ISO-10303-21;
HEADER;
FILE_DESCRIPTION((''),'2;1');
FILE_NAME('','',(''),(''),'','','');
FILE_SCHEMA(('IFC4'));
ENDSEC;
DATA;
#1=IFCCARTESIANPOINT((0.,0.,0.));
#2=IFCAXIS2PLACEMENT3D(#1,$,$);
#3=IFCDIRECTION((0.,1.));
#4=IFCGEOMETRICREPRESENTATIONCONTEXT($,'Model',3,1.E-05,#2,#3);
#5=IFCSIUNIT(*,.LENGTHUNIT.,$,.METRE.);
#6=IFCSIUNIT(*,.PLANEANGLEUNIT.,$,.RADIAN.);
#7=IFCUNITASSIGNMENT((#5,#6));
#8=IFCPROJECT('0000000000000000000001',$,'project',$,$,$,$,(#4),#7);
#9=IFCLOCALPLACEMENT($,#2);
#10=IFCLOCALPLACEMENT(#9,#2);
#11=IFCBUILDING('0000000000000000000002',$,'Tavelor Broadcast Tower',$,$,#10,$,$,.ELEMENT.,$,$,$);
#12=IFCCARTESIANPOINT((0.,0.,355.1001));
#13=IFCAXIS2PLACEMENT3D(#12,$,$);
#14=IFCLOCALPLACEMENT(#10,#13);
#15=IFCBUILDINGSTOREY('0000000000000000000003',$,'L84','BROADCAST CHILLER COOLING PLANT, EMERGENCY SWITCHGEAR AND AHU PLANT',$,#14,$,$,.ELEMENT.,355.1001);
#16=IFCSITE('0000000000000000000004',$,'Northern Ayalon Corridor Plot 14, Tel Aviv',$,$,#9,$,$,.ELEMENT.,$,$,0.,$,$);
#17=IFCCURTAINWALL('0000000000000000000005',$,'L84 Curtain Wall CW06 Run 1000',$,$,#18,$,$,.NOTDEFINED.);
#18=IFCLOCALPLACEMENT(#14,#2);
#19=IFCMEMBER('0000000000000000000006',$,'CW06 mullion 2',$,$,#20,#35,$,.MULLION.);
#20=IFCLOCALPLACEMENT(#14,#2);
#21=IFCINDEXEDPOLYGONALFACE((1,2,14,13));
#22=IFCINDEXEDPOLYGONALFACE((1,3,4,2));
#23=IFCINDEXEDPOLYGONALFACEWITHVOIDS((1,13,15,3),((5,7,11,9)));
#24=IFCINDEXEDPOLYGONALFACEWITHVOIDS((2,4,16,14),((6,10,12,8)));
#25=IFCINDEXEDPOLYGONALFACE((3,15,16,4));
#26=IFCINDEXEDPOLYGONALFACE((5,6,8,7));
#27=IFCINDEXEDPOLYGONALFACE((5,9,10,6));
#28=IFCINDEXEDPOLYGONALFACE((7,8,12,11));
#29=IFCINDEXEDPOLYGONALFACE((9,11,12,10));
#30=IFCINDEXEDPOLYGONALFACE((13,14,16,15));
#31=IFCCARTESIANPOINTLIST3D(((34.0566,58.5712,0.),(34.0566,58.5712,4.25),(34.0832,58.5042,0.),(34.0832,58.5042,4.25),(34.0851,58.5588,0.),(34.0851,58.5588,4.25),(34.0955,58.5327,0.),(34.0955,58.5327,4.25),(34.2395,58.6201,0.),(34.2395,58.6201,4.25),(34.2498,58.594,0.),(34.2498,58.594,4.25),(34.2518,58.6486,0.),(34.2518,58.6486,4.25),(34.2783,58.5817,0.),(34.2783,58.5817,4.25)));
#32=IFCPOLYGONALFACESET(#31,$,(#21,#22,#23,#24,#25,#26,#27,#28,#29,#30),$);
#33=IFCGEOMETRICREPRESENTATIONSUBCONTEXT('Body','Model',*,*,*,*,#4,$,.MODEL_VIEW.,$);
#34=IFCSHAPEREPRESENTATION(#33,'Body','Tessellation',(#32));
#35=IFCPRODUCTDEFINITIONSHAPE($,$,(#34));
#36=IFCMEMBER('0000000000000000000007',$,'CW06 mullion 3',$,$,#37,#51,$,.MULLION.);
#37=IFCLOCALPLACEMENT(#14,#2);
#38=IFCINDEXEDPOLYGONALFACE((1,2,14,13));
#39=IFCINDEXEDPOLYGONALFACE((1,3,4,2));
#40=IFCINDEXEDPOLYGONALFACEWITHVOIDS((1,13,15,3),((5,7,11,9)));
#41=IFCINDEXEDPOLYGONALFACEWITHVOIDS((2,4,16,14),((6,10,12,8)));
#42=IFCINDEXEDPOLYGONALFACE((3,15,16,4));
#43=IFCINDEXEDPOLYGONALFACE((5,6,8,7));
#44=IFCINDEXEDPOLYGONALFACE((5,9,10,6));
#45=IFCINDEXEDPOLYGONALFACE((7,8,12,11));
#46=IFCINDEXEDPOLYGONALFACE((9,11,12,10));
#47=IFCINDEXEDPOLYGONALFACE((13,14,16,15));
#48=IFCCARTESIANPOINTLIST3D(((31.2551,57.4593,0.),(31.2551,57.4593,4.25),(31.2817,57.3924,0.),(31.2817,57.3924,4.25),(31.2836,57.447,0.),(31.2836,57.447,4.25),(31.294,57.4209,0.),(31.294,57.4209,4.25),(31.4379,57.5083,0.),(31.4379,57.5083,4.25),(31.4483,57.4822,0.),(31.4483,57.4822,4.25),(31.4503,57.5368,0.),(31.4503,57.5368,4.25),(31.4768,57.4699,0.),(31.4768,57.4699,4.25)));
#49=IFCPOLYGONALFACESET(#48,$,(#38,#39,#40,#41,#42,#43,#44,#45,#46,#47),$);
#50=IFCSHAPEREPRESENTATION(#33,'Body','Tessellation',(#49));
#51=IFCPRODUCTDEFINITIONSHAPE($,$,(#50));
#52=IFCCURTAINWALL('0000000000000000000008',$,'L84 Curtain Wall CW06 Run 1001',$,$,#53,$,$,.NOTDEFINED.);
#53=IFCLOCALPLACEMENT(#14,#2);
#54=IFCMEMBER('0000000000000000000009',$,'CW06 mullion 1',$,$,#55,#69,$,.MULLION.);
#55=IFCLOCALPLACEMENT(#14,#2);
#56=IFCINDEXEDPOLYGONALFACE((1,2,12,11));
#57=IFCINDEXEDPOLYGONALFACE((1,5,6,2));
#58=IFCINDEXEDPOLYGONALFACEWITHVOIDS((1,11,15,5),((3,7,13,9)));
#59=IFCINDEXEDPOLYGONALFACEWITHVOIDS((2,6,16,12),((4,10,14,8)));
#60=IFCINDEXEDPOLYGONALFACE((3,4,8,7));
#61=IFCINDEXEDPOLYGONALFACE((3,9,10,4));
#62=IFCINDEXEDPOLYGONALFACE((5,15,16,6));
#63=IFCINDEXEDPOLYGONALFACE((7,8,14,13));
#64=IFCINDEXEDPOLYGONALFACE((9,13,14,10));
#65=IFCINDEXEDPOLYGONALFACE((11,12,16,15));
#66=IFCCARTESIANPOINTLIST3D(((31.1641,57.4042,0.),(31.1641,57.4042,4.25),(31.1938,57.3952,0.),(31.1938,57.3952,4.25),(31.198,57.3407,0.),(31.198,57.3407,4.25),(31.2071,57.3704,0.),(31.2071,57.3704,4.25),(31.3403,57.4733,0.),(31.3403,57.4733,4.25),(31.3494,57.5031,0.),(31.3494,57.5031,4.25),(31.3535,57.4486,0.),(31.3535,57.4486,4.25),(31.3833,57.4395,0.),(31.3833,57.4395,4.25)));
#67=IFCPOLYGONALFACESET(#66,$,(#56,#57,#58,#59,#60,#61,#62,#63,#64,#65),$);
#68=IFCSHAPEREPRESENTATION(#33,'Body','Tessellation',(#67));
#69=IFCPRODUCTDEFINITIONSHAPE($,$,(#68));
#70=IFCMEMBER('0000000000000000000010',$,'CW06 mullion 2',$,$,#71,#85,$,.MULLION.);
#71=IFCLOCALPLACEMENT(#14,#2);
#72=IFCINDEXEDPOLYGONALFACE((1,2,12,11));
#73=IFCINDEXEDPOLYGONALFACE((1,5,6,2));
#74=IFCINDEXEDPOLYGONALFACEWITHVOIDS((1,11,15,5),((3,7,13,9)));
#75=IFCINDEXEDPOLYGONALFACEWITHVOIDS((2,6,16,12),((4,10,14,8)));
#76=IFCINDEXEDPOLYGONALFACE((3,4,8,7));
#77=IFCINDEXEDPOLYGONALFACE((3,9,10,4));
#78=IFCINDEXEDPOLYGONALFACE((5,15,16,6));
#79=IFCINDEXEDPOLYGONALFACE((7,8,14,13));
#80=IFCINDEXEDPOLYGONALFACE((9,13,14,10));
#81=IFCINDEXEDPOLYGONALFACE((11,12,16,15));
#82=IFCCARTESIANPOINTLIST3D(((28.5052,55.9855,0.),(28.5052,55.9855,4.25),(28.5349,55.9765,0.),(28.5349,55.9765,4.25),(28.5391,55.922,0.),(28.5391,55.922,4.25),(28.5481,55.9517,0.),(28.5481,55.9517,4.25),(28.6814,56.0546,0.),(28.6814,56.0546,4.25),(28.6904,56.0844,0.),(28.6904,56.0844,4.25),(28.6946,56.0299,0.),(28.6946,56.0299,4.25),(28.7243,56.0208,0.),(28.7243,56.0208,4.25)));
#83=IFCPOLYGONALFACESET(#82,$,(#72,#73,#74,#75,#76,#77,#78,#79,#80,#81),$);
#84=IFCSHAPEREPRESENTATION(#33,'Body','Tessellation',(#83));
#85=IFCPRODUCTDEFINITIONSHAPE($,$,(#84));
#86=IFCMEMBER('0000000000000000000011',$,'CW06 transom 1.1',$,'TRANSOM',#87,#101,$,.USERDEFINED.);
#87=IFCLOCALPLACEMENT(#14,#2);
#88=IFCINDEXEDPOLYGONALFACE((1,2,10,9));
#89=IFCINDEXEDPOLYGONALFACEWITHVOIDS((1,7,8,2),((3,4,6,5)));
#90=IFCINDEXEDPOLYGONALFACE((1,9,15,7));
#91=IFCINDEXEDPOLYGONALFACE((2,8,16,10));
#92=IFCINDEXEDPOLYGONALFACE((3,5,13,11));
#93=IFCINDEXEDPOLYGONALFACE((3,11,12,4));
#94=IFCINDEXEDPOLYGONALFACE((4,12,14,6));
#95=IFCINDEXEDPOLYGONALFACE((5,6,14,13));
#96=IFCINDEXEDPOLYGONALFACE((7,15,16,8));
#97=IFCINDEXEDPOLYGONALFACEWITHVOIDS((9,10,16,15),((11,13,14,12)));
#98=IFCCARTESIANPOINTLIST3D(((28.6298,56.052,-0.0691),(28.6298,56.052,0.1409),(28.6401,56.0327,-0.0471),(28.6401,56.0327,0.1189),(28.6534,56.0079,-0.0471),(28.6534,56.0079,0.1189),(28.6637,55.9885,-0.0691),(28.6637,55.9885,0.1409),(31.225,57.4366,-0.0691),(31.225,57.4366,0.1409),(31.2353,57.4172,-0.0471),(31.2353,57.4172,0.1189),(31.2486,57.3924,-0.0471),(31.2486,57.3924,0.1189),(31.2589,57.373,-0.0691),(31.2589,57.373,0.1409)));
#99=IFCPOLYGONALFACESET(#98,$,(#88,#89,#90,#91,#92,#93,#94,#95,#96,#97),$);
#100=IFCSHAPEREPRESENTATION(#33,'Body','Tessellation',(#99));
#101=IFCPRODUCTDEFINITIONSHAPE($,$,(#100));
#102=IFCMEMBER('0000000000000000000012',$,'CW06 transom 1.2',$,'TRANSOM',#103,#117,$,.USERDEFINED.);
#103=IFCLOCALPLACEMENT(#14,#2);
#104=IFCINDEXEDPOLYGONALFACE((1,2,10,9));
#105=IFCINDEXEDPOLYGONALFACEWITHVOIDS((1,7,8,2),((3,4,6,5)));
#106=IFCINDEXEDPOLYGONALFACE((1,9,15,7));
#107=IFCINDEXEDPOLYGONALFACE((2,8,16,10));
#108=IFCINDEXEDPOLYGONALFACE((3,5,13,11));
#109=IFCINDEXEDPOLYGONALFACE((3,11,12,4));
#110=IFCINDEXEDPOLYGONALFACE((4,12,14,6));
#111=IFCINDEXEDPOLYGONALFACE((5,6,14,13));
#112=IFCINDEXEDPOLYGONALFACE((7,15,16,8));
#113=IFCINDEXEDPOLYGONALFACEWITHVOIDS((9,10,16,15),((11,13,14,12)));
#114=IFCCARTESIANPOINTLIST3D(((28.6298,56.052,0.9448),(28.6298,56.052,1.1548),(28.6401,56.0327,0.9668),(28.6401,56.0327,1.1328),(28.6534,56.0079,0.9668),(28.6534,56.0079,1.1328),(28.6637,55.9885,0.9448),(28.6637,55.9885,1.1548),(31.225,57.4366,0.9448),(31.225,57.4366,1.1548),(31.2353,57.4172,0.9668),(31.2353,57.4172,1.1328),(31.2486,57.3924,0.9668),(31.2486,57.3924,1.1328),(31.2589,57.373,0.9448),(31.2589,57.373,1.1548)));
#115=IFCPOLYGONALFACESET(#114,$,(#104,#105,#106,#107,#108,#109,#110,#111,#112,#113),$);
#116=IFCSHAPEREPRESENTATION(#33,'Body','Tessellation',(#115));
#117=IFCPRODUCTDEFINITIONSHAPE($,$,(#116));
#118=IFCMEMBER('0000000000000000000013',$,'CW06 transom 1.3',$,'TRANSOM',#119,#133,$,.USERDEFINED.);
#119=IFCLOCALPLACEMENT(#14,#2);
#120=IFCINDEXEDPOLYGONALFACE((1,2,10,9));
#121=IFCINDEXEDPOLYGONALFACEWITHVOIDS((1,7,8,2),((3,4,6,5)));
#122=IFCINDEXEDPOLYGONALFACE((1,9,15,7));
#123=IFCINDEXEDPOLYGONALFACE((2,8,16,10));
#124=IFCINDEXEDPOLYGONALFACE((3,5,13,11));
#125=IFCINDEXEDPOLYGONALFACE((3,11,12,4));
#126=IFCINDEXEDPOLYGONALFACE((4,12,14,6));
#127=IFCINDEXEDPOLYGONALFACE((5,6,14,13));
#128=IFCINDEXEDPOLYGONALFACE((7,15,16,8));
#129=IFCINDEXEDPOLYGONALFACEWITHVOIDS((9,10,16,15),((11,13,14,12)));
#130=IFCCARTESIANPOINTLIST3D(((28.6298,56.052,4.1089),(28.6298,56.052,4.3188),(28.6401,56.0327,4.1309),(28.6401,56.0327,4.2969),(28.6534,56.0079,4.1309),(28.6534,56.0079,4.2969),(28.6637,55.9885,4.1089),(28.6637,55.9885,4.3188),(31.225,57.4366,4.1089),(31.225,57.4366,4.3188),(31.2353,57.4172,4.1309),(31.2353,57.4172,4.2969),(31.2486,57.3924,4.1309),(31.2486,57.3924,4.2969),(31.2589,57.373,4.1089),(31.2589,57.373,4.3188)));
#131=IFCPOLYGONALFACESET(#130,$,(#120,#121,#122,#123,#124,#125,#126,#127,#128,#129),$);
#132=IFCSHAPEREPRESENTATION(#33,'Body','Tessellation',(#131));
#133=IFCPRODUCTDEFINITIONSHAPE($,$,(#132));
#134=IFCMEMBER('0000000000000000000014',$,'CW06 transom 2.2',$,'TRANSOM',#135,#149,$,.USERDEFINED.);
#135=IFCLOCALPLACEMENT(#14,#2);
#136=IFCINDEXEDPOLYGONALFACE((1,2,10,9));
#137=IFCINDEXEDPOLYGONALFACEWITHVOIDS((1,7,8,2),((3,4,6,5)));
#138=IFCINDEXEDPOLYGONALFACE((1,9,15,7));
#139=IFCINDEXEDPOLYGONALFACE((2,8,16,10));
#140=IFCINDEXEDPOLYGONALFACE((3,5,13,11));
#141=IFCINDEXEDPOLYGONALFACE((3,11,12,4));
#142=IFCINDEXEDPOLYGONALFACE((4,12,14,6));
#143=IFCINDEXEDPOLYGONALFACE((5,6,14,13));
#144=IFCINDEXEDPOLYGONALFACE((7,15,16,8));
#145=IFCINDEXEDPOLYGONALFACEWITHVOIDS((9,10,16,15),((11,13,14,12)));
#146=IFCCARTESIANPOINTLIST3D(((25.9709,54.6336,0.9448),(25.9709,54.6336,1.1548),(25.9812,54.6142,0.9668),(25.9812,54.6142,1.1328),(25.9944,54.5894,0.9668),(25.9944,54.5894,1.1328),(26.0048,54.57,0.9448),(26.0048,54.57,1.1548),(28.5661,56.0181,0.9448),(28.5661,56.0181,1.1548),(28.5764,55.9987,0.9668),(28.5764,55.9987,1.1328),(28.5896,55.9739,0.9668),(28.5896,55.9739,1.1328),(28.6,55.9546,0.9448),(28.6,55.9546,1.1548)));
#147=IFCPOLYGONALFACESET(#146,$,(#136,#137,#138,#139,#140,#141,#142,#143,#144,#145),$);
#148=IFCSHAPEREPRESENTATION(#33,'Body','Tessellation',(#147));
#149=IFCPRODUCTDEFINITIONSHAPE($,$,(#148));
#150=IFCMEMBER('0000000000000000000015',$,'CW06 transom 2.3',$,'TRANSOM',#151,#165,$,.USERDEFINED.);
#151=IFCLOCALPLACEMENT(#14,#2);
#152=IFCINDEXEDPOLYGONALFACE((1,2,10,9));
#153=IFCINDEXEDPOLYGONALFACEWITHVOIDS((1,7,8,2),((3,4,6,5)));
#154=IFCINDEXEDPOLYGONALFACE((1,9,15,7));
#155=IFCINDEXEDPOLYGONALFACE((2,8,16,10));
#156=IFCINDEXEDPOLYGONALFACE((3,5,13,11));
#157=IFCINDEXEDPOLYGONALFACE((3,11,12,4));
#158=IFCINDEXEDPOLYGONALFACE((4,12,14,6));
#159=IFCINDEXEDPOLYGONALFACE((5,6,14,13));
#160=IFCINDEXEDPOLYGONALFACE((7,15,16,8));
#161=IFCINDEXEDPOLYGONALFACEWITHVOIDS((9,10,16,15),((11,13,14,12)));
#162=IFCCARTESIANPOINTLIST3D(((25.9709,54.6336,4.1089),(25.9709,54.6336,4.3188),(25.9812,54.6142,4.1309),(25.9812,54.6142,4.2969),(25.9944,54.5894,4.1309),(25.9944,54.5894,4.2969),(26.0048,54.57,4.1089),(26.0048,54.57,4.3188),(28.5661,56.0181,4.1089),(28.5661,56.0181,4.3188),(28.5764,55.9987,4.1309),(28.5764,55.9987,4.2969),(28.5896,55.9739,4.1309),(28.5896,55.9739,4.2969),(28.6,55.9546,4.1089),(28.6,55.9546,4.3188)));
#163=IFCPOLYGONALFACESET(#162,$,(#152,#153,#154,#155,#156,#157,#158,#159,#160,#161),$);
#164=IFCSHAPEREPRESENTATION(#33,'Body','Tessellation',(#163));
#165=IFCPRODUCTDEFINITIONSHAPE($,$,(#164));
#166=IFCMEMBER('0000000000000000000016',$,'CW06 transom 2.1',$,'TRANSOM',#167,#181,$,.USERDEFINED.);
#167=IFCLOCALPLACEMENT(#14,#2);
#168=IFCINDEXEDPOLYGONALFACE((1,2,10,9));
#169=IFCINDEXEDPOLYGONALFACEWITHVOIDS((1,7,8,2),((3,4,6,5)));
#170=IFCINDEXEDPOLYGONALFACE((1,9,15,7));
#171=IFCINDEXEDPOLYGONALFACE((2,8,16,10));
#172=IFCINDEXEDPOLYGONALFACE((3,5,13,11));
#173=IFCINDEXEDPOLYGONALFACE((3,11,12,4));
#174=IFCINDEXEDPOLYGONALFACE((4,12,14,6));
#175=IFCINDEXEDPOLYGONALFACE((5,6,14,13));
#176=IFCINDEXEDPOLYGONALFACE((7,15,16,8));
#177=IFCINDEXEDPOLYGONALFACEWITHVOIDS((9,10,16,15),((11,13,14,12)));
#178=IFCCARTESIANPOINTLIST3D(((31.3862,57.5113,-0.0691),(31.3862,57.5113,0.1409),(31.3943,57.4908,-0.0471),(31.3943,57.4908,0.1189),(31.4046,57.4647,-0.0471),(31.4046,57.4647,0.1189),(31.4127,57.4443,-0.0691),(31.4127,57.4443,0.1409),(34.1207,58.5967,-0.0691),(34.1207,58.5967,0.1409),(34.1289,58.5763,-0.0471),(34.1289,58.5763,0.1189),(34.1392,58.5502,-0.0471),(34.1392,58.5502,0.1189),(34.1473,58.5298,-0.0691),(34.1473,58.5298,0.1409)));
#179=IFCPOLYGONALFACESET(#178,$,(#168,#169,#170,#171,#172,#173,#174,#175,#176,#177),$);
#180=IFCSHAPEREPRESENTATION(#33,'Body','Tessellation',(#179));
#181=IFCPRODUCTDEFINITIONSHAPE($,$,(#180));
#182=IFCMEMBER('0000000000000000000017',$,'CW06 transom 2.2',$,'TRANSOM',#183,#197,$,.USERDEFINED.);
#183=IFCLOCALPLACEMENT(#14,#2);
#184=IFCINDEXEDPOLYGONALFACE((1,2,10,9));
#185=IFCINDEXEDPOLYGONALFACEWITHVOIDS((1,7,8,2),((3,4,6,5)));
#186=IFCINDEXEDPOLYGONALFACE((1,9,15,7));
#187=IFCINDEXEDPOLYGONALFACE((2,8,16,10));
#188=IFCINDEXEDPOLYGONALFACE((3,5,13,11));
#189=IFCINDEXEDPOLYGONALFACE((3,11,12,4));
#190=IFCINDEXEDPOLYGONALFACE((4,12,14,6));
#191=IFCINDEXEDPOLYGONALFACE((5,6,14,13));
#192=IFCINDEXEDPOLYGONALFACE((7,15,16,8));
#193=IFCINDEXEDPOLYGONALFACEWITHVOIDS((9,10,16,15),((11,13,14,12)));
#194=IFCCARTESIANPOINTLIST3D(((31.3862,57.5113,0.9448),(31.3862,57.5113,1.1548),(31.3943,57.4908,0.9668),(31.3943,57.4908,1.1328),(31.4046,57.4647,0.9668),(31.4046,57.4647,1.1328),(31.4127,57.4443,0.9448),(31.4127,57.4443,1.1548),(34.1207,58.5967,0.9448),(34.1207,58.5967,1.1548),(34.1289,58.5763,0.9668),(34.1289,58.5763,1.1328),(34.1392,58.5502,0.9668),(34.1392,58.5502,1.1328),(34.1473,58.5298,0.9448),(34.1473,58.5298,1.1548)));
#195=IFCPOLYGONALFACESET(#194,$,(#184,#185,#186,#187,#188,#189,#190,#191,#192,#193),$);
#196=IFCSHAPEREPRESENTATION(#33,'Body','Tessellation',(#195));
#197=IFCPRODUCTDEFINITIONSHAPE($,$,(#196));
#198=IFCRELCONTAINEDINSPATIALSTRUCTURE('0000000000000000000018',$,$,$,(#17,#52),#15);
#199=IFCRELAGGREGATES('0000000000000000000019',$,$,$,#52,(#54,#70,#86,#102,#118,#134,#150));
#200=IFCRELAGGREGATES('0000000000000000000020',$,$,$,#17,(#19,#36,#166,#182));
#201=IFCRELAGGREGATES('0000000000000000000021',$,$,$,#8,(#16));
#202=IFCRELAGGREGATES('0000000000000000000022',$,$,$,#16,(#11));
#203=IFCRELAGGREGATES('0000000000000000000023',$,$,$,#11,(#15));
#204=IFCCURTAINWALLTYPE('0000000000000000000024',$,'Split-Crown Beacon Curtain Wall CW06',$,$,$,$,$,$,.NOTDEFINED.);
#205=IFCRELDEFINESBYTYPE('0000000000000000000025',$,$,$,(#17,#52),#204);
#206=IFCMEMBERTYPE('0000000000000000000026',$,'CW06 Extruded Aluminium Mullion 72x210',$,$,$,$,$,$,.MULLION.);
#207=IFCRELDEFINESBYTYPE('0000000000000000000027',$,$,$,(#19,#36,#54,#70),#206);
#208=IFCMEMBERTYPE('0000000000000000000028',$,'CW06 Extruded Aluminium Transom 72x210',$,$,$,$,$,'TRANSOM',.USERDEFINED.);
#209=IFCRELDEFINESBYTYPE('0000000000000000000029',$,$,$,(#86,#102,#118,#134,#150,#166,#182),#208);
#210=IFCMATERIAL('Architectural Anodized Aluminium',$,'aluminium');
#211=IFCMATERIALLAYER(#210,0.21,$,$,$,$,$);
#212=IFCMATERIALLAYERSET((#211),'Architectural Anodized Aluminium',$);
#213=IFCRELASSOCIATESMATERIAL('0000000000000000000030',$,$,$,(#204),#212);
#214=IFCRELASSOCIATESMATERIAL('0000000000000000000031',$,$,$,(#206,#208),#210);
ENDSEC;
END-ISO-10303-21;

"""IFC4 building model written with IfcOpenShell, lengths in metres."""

from ifc_helpers import new_model, si_unit, direction, frame, origin, origin_2d, place, context, subcontext, project, spatial, hollow_rectangle, extrude, source, transform, mapped, material, layer, layer_set, material_profile, profile_set, type_object, type_shapes, element, aggregate, save


model = new_model("IFC4")

# Units and contexts
model_context = context("Model", 3, precision=1e-05, world=origin(), true_north=direction((0.0, 1.0)))
body_context = subcontext(model_context, "Body", "Model", "MODEL_VIEW")
ifc_project = project(units=[si_unit("LENGTHUNIT", "METRE"), si_unit("PLANEANGLEUNIT", "RADIAN")], contexts=[model_context])

# Site, building, storey
site_placement = place(None, origin())
site = spatial("IfcSite", under=ifc_project, at=site_placement, Name="Northern Ayalon Corridor Plot 14, Tel Aviv", CompositionType="ELEMENT", RefElevation=0.0)
building_placement = place(site_placement, origin())
building = spatial("IfcBuilding", under=site, at=building_placement, Name="Tavelor Broadcast Tower", CompositionType="ELEMENT")
storey_placement = place(building_placement, frame((0.0, 0.0, 355.1001)))
storey = spatial("IfcBuildingStorey", under=building, at=storey_placement, Name="L84", Description="BROADCAST CHILLER COOLING PLANT, EMERGENCY SWITCHGEAR AND AHU PLANT", CompositionType="ELEMENT", Elevation=355.1001)

# Curtain walls, members
ifc_material_1 = material(Name="Architectural Anodized Aluminium", Category="aluminium")
ifc_layer_1 = layer(ifc_material_1, 0.21)
ifc_layer_set_1 = layer_set([ifc_layer_1], Name="Architectural Anodized Aluminium")
curtain_wall_type = type_object("IfcCurtainWallType", Name="Split-Crown Beacon Curtain Wall CW06", PredefinedType="NOTDEFINED", material=ifc_layer_set_1)
curtain_wall_1_placement = place(storey_placement, origin())
curtain_wall_1 = element("IfcCurtainWall", 1, at=curtain_wall_1_placement, inside=storey, type_object=curtain_wall_type, Name="L84 Curtain Wall CW06 Run 1000", PredefinedType="NOTDEFINED")
ifc_material_profile_1 = material_profile(ifc_material_1, hollow_rectangle(XDim=0.072, YDim=0.21, WallThickness=0.022, at=origin_2d()), Name="RHS 72x210x22")
ifc_profile_set_1 = profile_set([ifc_material_profile_1], Name="Architectural Anodized Aluminium")
member_type_1 = type_object("IfcMemberType", Name="CW06 Extruded Aluminium Mullion 72x210", PredefinedType="MULLION", material=ifc_profile_set_1)
shared_shape_1 = source(origin(), body_context, "Body", "SweptSolid", [
    extrude(hollow_rectangle(XDim=0.072, YDim=0.21, WallThickness=0.022, at=origin_2d()), origin(), (0.0, 0.0, 1.0), 4.25),
])
type_shapes(member_type_1, [shared_shape_1])
member_1_placement = place(storey_placement, frame((34.1675, 58.5764, 0.0), z_axis=(0.0, 0.0, 1.0), x_axis=(0.368902, -0.929468, 0.0)))
member_1 = element("IfcMember", 2, at=member_1_placement, type_object=member_type_1, Name="CW06 mullion 2", PredefinedType="MULLION", context=body_context, shape_type="MappedRepresentation", body=[
    mapped(shared_shape_1, transform((0.0, 0.0, 0.0), scale=1.0)),
])
member_2_placement = place(storey_placement, frame((31.366, 57.4646, 0.0), z_axis=(0.0, 0.0, 1.0), x_axis=(0.368902, -0.929468, 0.0)))
member_2 = element("IfcMember", 3, at=member_2_placement, type_object=member_type_1, Name="CW06 mullion 3", PredefinedType="MULLION", context=body_context, shape_type="MappedRepresentation", body=[
    mapped(shared_shape_1, transform((0.0, 0.0, 0.0), scale=1.0)),
])
curtain_wall_2_placement = place(storey_placement, origin())
curtain_wall_2 = element("IfcCurtainWall", 4, at=curtain_wall_2_placement, inside=storey, type_object=curtain_wall_type, Name="L84 Curtain Wall CW06 Run 1001", PredefinedType="NOTDEFINED")
member_3_placement = place(storey_placement, frame((31.2737, 57.4219, 0.0), z_axis=(0.0, 0.0, 1.0), x_axis=(0.470713, -0.882286, 0.0)))
member_3 = element("IfcMember", 5, at=member_3_placement, type_object=member_type_1, Name="CW06 mullion 1", PredefinedType="MULLION", context=body_context, shape_type="MappedRepresentation", body=[
    mapped(shared_shape_1, transform((0.0, 0.0, 0.0), scale=1.0)),
])
member_4_placement = place(storey_placement, frame((28.6147, 56.0032, 0.0), z_axis=(0.0, 0.0, 1.0), x_axis=(0.470713, -0.882286, 0.0)))
member_4 = element("IfcMember", 6, at=member_4_placement, type_object=member_type_1, Name="CW06 mullion 2", PredefinedType="MULLION", context=body_context, shape_type="MappedRepresentation", body=[
    mapped(shared_shape_1, transform((0.0, 0.0, 0.0), scale=1.0)),
])
ifc_material_profile_2 = material_profile(ifc_material_1, hollow_rectangle(XDim=0.072, YDim=0.21, WallThickness=0.022, at=origin_2d()), Name="RHS 72x210x22")
ifc_profile_set_2 = profile_set([ifc_material_profile_2], Name="Architectural Anodized Aluminium")
member_type_2 = type_object("IfcMemberType", Name="CW06 Extruded Aluminium Transom 72x210", ElementType="TRANSOM", PredefinedType="USERDEFINED", material=ifc_profile_set_2)
shared_shape_2 = source(origin(), body_context, "Body", "SweptSolid", [
    extrude(hollow_rectangle(XDim=0.072, YDim=0.21, WallThickness=0.022, at=origin_2d()), origin(), (0.0, 0.0, 1.0), 2.9414),
])
member_5_placement = place(storey_placement, frame((31.2419, 57.4048, 0.0359), z_axis=(-0.882295, -0.470696, 0.0), x_axis=(0.470696, -0.882295, 0.0)))
member_5 = element("IfcMember", 7, at=member_5_placement, type_object=member_type_2, Name="CW06 transom 1.1", ObjectType="TRANSOM", PredefinedType="USERDEFINED", context=body_context, shape_type="MappedRepresentation", body=[
    mapped(shared_shape_2, transform((0.0, 0.0, 0.0), scale=1.0)),
])
member_6_placement = place(storey_placement, frame((31.2419, 57.4048, 1.0498), z_axis=(-0.882295, -0.470696, 0.0), x_axis=(0.470696, -0.882295, 0.0)))
member_6 = element("IfcMember", 8, at=member_6_placement, type_object=member_type_2, Name="CW06 transom 1.2", ObjectType="TRANSOM", PredefinedType="USERDEFINED", context=body_context, shape_type="MappedRepresentation", body=[
    mapped(shared_shape_2, transform((0.0, 0.0, 0.0), scale=1.0)),
])
member_7_placement = place(storey_placement, frame((31.2419, 57.4048, 4.2139), z_axis=(-0.882295, -0.470696, 0.0), x_axis=(0.470696, -0.882295, 0.0)))
member_7 = element("IfcMember", 9, at=member_7_placement, type_object=member_type_2, Name="CW06 transom 1.3", ObjectType="TRANSOM", PredefinedType="USERDEFINED", context=body_context, shape_type="MappedRepresentation", body=[
    mapped(shared_shape_2, transform((0.0, 0.0, 0.0), scale=1.0)),
])
member_8_placement = place(storey_placement, frame((28.583, 55.9863, 1.0498), z_axis=(-0.882295, -0.470696, 0.0), x_axis=(0.470696, -0.882295, 0.0)))
member_8 = element("IfcMember", 10, at=member_8_placement, type_object=member_type_2, Name="CW06 transom 2.2", ObjectType="TRANSOM", PredefinedType="USERDEFINED", context=body_context, shape_type="MappedRepresentation", body=[
    mapped(shared_shape_2, transform((0.0, 0.0, 0.0), scale=1.0)),
])
member_9_placement = place(storey_placement, frame((28.583, 55.9863, 4.2139), z_axis=(-0.882295, -0.470696, 0.0), x_axis=(0.470696, -0.882295, 0.0)))
member_9 = element("IfcMember", 11, at=member_9_placement, type_object=member_type_2, Name="CW06 transom 2.3", ObjectType="TRANSOM", PredefinedType="USERDEFINED", context=body_context, shape_type="MappedRepresentation", body=[
    mapped(shared_shape_2, transform((0.0, 0.0, 0.0), scale=1.0)),
])

# Members
shared_shape_3 = source(origin(), body_context, "Body", "SweptSolid", [
    extrude(hollow_rectangle(XDim=0.072, YDim=0.21, WallThickness=0.022, at=origin_2d()), origin(), (0.0, 0.0, 1.0), 2.9421),
])
type_shapes(member_type_2, [shared_shape_2, shared_shape_3])
member_10_placement = place(storey_placement, frame((34.134, 58.5632, 0.0359), z_axis=(-0.929458, -0.368929, 0.0), x_axis=(0.368929, -0.929458, 0.0)))
member_10 = element("IfcMember", 12, at=member_10_placement, type_object=member_type_2, Name="CW06 transom 2.1", ObjectType="TRANSOM", PredefinedType="USERDEFINED", context=body_context, shape_type="MappedRepresentation", body=[
    mapped(shared_shape_3, transform((0.0, 0.0, 0.0), scale=1.0)),
])
member_11_placement = place(storey_placement, frame((34.134, 58.5632, 1.0498), z_axis=(-0.929458, -0.368929, 0.0), x_axis=(0.368929, -0.929458, 0.0)))
member_11 = element("IfcMember", 13, at=member_11_placement, type_object=member_type_2, Name="CW06 transom 2.2", ObjectType="TRANSOM", PredefinedType="USERDEFINED", context=body_context, shape_type="MappedRepresentation", body=[
    mapped(shared_shape_3, transform((0.0, 0.0, 0.0), scale=1.0)),
])

aggregate(curtain_wall_2, [member_3, member_4, member_5, member_6, member_7, member_8, member_9])
aggregate(curtain_wall_1, [member_1, member_2, member_10, member_11])

save(model, "model.ifc")
